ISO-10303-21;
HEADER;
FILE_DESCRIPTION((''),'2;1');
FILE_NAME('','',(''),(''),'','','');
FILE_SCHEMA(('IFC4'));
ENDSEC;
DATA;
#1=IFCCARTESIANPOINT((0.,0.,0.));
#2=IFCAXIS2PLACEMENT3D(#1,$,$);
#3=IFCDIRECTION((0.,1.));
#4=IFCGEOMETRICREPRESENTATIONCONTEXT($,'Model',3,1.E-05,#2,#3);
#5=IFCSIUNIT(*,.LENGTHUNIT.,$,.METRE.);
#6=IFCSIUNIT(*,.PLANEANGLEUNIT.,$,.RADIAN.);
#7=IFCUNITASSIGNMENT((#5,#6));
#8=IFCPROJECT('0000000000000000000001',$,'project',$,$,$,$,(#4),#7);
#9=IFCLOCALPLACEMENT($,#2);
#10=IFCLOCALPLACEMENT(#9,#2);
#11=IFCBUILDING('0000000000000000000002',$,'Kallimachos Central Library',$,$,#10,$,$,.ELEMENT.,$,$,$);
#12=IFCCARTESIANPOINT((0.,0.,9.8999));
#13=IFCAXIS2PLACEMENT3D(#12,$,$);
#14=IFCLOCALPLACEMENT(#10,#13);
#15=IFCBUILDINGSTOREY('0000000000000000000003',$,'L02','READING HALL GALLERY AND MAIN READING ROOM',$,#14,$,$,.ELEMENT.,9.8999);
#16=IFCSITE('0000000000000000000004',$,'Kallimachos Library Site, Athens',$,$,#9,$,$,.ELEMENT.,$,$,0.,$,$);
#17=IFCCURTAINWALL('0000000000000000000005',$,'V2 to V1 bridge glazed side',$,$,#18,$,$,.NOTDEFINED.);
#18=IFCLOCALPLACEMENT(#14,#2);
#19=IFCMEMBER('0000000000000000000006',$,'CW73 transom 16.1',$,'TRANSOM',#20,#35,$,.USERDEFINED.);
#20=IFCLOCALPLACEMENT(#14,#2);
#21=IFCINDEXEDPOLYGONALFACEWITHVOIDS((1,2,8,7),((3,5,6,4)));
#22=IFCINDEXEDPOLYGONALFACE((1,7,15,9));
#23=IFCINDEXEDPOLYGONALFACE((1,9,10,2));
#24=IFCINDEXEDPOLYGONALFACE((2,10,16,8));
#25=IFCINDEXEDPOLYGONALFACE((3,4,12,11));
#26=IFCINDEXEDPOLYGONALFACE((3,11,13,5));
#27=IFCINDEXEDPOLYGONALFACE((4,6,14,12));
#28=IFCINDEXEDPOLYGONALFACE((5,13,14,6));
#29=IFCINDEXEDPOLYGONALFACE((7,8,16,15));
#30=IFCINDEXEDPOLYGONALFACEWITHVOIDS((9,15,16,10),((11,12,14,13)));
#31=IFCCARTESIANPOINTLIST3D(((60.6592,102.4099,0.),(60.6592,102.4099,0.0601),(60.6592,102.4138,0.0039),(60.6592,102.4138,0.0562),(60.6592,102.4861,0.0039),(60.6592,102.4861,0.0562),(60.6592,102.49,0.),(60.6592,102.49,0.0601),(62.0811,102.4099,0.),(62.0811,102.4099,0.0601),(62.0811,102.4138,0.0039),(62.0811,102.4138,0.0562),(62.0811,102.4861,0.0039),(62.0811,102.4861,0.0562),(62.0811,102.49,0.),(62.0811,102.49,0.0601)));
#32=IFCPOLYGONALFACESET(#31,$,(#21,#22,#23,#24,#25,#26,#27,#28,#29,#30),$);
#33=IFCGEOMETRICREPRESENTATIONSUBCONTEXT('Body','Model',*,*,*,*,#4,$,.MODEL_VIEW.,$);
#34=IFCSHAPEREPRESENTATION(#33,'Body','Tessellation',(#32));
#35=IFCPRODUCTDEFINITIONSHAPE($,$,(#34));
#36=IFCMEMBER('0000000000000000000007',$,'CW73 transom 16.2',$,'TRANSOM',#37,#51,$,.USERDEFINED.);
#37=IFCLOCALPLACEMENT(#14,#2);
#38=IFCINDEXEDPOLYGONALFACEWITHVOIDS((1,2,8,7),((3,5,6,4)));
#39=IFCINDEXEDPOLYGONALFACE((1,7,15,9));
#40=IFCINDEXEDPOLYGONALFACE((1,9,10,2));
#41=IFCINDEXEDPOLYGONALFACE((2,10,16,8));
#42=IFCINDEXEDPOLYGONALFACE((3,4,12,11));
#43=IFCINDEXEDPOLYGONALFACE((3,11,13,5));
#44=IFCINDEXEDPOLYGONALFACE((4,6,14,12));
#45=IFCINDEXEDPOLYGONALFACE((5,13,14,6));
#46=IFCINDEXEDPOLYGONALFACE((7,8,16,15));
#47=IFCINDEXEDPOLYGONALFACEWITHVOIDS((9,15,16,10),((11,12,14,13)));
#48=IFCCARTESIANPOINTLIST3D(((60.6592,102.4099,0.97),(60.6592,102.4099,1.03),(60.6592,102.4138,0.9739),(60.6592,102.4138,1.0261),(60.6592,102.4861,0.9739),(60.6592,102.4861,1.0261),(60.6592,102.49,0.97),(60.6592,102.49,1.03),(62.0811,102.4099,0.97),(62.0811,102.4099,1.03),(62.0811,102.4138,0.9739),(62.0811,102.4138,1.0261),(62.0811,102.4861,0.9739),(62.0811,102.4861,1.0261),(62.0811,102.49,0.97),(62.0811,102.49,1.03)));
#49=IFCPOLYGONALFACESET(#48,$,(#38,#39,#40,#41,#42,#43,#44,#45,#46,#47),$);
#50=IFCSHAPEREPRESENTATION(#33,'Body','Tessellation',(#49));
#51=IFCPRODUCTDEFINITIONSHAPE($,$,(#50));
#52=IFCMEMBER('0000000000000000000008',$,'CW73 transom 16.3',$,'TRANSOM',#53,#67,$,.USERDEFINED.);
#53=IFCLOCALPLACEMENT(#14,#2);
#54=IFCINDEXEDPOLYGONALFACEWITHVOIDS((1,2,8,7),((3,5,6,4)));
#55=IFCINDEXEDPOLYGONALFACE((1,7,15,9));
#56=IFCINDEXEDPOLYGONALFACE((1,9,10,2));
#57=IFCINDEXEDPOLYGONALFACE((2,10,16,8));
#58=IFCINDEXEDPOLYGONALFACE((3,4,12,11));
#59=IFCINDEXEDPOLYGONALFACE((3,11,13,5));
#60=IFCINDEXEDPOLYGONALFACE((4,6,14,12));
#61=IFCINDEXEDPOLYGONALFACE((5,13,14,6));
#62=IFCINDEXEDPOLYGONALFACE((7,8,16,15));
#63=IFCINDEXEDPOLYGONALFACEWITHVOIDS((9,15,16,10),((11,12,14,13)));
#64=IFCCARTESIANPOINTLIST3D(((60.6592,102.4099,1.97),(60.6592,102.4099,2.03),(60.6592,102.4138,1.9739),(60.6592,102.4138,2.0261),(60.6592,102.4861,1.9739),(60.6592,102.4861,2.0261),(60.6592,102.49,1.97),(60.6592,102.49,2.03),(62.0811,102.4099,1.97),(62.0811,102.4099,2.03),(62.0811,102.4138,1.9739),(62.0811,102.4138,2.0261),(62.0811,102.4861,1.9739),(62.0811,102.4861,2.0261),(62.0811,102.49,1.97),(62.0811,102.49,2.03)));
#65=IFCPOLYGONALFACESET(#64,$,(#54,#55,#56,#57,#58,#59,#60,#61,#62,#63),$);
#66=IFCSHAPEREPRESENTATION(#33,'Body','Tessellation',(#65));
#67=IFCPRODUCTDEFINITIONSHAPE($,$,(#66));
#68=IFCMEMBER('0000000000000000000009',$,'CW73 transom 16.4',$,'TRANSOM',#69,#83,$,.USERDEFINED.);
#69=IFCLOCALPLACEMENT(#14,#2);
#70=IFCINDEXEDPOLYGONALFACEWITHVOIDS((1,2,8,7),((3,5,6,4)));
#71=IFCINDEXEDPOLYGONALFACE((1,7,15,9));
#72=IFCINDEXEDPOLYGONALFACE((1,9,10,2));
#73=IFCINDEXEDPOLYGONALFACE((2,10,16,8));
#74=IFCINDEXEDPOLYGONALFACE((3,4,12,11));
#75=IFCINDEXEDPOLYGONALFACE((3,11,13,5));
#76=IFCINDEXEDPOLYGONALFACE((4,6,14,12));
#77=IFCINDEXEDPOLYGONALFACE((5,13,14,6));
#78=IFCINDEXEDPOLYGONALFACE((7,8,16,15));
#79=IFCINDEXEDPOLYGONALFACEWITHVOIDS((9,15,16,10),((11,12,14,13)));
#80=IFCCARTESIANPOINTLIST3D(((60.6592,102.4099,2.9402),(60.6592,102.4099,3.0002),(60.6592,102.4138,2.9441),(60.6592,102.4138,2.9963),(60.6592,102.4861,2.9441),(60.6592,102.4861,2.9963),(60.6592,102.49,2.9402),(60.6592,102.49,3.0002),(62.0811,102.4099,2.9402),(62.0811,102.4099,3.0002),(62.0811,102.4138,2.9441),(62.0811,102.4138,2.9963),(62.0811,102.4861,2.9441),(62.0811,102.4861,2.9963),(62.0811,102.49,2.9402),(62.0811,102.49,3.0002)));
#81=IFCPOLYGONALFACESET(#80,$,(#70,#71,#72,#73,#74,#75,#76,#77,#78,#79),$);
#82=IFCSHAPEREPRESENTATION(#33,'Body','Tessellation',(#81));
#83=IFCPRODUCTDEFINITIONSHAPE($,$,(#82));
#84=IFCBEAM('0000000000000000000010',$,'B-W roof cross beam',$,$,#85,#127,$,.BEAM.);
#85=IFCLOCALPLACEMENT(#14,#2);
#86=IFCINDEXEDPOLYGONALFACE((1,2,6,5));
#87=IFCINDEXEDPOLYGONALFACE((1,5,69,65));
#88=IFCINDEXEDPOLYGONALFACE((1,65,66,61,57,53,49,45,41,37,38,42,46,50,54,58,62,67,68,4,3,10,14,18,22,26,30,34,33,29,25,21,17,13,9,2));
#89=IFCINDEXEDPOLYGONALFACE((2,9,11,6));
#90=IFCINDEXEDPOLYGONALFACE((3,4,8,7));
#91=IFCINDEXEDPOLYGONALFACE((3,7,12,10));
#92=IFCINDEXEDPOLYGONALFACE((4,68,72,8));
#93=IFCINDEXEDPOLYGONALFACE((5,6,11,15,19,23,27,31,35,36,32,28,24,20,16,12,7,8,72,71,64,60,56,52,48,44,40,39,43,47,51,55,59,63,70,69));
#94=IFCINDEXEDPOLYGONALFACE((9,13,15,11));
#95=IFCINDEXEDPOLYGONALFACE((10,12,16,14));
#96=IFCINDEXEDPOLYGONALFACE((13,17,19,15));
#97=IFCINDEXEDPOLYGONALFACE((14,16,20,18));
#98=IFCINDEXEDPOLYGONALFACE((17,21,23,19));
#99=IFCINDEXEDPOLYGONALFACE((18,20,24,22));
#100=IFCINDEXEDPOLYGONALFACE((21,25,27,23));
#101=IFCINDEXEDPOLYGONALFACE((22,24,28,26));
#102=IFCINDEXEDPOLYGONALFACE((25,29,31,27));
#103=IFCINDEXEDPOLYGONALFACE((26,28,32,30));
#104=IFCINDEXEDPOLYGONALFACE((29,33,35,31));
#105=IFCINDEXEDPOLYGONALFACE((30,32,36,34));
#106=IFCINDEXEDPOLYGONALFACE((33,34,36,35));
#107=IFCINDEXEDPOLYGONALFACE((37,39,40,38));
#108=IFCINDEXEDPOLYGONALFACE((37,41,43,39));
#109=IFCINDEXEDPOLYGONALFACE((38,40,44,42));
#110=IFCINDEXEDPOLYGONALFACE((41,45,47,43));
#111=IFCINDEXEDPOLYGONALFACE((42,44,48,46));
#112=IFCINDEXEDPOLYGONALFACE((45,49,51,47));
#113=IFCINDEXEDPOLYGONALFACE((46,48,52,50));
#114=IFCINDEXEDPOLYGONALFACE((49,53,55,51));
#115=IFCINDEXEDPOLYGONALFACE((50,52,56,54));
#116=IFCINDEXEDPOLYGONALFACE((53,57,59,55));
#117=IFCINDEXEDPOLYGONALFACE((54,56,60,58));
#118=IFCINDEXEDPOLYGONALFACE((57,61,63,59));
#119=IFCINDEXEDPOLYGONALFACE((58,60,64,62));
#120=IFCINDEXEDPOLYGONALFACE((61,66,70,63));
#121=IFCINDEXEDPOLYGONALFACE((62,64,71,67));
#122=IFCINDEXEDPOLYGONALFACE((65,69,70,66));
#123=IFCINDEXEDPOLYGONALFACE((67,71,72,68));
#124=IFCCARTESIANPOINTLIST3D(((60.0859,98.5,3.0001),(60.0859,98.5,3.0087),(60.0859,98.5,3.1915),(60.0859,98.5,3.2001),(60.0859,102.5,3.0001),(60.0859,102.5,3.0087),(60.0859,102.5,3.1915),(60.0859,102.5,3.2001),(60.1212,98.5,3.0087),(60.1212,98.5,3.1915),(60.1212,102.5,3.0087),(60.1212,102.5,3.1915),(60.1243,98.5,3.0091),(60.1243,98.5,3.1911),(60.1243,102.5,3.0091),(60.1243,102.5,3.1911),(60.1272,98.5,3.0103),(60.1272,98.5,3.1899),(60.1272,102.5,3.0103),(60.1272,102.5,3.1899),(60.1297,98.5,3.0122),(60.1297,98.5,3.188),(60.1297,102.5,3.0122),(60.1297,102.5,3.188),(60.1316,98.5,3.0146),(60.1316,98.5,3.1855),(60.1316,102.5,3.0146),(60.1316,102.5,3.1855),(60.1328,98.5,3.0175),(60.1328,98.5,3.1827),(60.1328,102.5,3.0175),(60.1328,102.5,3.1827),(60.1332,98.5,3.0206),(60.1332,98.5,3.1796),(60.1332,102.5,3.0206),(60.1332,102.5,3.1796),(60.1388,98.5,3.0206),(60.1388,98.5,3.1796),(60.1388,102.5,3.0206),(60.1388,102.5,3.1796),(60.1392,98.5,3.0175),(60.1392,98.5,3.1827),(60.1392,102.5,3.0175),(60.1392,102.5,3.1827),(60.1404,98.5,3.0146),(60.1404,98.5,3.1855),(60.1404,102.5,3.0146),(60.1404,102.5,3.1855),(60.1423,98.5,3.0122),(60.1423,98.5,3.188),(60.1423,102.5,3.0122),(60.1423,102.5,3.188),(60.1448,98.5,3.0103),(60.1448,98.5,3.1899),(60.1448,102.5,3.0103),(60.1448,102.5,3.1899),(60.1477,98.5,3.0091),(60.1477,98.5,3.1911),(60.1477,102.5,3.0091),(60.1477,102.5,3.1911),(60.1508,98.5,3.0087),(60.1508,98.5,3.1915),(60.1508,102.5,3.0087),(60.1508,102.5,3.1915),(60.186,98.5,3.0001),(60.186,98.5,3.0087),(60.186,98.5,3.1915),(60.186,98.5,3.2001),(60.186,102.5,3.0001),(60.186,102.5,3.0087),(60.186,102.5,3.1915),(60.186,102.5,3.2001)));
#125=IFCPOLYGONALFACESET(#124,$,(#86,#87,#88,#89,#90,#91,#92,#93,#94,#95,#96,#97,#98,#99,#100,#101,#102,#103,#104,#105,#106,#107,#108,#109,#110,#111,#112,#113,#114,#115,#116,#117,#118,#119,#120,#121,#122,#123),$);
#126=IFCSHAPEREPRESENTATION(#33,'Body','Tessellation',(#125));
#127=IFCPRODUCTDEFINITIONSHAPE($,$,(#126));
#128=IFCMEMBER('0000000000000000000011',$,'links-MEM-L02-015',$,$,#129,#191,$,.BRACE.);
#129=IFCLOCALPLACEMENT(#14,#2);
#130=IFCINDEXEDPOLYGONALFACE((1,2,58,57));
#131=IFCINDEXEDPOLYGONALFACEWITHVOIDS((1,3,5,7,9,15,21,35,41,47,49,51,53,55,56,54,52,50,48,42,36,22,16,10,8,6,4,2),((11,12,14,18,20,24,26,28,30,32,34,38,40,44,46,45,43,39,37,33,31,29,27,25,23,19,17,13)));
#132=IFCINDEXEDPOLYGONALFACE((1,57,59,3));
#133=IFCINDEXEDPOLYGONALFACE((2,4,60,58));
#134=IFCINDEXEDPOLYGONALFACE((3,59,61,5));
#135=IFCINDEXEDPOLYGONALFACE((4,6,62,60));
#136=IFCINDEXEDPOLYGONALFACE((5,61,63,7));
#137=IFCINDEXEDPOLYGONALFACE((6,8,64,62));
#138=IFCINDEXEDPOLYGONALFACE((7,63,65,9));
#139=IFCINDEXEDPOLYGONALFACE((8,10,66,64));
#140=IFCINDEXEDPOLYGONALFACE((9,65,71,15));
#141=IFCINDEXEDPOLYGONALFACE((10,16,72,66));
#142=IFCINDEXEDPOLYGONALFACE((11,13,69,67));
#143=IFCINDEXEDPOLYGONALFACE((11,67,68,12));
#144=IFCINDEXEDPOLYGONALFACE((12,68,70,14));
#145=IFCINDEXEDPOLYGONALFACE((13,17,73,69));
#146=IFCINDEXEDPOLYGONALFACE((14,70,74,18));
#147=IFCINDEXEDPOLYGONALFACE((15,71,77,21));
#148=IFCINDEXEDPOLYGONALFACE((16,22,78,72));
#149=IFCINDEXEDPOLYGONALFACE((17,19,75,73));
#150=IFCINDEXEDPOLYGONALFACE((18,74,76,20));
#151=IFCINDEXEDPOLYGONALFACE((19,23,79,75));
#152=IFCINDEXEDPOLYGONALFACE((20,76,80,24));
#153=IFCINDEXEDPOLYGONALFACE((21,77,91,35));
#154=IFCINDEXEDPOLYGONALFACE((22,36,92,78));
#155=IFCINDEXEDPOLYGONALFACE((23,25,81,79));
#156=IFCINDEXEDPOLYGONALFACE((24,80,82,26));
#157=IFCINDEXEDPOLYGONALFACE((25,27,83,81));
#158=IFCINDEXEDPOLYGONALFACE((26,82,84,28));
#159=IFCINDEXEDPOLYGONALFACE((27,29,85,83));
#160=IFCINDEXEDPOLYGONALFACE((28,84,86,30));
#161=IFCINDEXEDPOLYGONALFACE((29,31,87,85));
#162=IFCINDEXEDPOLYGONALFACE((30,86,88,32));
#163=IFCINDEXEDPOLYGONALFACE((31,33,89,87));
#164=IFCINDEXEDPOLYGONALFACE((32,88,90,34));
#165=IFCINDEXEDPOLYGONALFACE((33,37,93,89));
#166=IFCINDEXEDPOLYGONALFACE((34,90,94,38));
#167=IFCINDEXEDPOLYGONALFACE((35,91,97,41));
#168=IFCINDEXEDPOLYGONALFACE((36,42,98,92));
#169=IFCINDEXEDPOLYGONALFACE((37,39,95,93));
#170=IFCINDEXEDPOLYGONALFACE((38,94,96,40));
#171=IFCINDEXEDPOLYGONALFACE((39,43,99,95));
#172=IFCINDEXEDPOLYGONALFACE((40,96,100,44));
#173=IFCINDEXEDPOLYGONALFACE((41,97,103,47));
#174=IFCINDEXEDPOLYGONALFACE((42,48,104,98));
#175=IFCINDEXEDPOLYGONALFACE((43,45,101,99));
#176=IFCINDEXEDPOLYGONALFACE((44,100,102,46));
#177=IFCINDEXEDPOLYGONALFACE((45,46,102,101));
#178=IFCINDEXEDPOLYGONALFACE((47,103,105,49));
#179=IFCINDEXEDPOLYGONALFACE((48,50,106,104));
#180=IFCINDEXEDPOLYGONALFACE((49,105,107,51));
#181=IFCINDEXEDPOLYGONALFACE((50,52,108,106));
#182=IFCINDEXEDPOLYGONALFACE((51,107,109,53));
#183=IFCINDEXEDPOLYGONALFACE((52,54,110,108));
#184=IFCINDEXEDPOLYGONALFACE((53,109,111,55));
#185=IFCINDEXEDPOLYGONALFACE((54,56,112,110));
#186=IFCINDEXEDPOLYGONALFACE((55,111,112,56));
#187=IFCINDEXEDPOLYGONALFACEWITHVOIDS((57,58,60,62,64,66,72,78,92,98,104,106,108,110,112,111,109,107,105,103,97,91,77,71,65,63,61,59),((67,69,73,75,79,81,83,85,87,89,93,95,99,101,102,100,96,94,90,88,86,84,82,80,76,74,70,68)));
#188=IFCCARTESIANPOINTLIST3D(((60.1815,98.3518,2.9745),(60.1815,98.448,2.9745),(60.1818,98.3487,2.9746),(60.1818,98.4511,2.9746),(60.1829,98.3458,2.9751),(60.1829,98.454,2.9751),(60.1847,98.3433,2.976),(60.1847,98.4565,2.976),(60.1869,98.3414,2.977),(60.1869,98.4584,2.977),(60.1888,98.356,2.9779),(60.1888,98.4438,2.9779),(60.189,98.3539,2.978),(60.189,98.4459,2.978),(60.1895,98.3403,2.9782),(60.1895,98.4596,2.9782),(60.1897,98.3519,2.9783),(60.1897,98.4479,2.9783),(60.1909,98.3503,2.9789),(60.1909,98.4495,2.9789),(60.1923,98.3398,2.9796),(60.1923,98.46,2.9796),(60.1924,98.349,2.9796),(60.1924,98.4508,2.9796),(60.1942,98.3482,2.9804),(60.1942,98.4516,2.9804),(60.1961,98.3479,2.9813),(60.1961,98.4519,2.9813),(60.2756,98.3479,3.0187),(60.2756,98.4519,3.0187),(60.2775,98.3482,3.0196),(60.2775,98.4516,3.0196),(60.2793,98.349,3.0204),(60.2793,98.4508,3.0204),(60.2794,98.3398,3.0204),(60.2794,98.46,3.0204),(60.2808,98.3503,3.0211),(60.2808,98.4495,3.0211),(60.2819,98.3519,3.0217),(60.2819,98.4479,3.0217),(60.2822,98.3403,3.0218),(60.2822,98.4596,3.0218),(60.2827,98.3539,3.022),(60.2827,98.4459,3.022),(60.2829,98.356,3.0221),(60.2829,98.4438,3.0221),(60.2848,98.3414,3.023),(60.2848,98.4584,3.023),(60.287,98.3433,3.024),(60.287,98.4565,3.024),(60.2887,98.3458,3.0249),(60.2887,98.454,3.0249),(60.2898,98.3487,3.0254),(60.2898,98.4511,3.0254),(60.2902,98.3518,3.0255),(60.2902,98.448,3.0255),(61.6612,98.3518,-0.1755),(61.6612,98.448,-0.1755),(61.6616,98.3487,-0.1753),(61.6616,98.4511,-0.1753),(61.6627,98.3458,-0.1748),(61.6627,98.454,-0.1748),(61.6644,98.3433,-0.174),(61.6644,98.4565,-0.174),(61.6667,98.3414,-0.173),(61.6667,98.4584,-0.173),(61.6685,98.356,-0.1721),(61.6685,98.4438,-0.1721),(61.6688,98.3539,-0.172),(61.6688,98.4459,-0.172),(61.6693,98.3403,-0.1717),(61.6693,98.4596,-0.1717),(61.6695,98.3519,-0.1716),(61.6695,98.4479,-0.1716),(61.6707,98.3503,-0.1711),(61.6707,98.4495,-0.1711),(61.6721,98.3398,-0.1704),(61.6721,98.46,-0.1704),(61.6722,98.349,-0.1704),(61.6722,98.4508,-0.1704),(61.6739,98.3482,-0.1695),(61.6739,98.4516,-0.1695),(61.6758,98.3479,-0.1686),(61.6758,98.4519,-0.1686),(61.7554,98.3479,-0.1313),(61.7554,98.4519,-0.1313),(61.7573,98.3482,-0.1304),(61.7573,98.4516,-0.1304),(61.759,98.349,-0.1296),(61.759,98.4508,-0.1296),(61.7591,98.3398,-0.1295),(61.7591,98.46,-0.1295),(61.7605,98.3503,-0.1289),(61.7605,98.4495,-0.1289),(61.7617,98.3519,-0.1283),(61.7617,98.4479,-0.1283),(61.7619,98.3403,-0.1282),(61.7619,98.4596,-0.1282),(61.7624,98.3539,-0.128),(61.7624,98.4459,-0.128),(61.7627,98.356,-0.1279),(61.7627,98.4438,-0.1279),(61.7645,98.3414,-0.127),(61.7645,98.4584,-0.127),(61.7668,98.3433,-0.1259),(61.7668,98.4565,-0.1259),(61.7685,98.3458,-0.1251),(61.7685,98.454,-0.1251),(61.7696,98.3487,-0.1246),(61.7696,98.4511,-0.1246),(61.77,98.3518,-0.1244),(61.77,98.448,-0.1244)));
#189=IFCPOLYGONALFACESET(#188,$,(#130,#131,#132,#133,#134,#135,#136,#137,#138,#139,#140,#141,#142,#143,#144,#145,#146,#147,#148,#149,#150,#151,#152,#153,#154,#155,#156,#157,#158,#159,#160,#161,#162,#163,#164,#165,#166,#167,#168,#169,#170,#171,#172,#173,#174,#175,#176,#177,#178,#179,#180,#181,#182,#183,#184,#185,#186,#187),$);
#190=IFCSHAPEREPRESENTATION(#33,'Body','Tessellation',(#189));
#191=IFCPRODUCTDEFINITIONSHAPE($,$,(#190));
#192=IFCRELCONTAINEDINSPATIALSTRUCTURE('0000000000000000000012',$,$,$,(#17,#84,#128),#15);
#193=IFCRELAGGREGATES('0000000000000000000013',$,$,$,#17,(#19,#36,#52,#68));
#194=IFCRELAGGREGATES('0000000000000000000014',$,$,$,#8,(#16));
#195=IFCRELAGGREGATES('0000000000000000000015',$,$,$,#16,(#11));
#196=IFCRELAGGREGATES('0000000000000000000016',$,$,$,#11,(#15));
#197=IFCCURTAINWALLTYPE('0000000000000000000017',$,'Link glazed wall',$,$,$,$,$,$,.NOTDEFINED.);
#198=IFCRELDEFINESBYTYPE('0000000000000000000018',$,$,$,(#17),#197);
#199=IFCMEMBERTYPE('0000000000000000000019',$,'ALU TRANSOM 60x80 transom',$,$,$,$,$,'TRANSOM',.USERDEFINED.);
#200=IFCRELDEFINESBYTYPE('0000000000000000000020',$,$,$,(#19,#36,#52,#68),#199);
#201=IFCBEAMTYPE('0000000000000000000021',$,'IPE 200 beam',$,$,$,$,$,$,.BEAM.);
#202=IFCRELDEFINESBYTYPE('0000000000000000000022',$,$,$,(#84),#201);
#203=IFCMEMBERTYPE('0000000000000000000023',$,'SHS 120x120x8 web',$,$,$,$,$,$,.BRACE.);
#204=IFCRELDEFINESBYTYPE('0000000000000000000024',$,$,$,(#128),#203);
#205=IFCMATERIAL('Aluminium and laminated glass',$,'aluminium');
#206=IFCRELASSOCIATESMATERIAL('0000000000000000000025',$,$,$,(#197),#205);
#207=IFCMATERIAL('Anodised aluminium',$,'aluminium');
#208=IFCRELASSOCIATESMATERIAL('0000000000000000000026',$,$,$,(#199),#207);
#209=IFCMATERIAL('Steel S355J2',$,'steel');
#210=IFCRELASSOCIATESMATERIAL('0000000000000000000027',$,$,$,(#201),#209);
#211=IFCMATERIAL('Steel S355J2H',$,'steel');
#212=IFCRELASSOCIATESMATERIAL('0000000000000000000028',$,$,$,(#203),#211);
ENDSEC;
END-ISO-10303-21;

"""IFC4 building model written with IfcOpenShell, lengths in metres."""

from ifc_helpers import new_model, si_unit, direction, frame, origin, origin_2d, place, context, subcontext, project, spatial, hollow_rectangle, i_section, extrude, material, material_profile, profile_set, type_object, element, aggregate, save


model = new_model("IFC4")

# Units and contexts
model_context = context("Model", 3, precision=1e-05, world=origin(), true_north=direction((0.0, 1.0)))
body_context = subcontext(model_context, "Body", "Model", "MODEL_VIEW")
ifc_project = project(units=[si_unit("LENGTHUNIT", "METRE"), si_unit("PLANEANGLEUNIT", "RADIAN")], contexts=[model_context])

# Site, building, storey
site_placement = place(None, origin())
site = spatial("IfcSite", under=ifc_project, at=site_placement, Name="Kallimachos Library Site, Athens", CompositionType="ELEMENT", RefElevation=0.0)
building_placement = place(site_placement, origin())
building = spatial("IfcBuilding", under=site, at=building_placement, Name="Kallimachos Central Library", CompositionType="ELEMENT")
storey_placement = place(building_placement, frame((0.0, 0.0, 9.8999)))
storey = spatial("IfcBuildingStorey", under=building, at=storey_placement, Name="L02", Description="READING HALL GALLERY AND MAIN READING ROOM", CompositionType="ELEMENT", Elevation=9.8999)

# Curtain wall
ifc_material_1 = material(Name="Aluminium and laminated glass", Category="aluminium")
curtain_wall_type = type_object("IfcCurtainWallType", Name="Link glazed wall", PredefinedType="NOTDEFINED", material=ifc_material_1)
curtain_wall_1_placement = place(storey_placement, origin())
curtain_wall_1 = element("IfcCurtainWall", 1, at=curtain_wall_1_placement, inside=storey, type_object=curtain_wall_type, Name="V2 to V1 bridge glazed side", PredefinedType="NOTDEFINED")

# Members
ifc_material_2 = material(Name="Anodised aluminium", Category="aluminium")
ifc_material_profile_1 = material_profile(ifc_material_2, hollow_rectangle(XDim=0.0601, YDim=0.0801, WallThickness=0.0039, at=origin_2d()), Name="ALU TRANSOM 60x80")
ifc_profile_set_1 = profile_set([ifc_material_profile_1], Name="Anodised aluminium")
member_type_1 = type_object("IfcMemberType", Name="ALU TRANSOM 60x80 transom", ElementType="TRANSOM", PredefinedType="USERDEFINED", material=ifc_profile_set_1)
member_1_placement = place(storey_placement, frame((60.6592, 102.45, 0.03), z_axis=(1.0, 0.0, 0.0), x_axis=(0.0, 0.0, 1.0)))
member_1 = element("IfcMember", 2, at=member_1_placement, type_object=member_type_1, Name="CW73 transom 16.1", ObjectType="TRANSOM", PredefinedType="USERDEFINED", context=body_context, shape_type="SweptSolid", body=[
    extrude(hollow_rectangle(XDim=0.0601, YDim=0.0801, WallThickness=0.0039, at=origin_2d()), origin(), (0.0, 0.0, 1.0), 1.4219),
])
member_2_placement = place(storey_placement, frame((60.6592, 102.45, 1.0), z_axis=(1.0, 0.0, 0.0), x_axis=(0.0, 0.0, 1.0)))
member_2 = element("IfcMember", 3, at=member_2_placement, type_object=member_type_1, Name="CW73 transom 16.2", ObjectType="TRANSOM", PredefinedType="USERDEFINED", context=body_context, shape_type="SweptSolid", body=[
    extrude(hollow_rectangle(XDim=0.0601, YDim=0.0801, WallThickness=0.0039, at=origin_2d()), origin(), (0.0, 0.0, 1.0), 1.4219),
])
member_3_placement = place(storey_placement, frame((60.6592, 102.45, 2.0), z_axis=(1.0, 0.0, 0.0), x_axis=(0.0, 0.0, 1.0)))
member_3 = element("IfcMember", 4, at=member_3_placement, type_object=member_type_1, Name="CW73 transom 16.3", ObjectType="TRANSOM", PredefinedType="USERDEFINED", context=body_context, shape_type="SweptSolid", body=[
    extrude(hollow_rectangle(XDim=0.0601, YDim=0.0801, WallThickness=0.0039, at=origin_2d()), origin(), (0.0, 0.0, 1.0), 1.4219),
])
member_4_placement = place(storey_placement, frame((60.6592, 102.45, 2.9702), z_axis=(1.0, 0.0, 0.0), x_axis=(0.0, 0.0, 1.0)))
member_4 = element("IfcMember", 5, at=member_4_placement, type_object=member_type_1, Name="CW73 transom 16.4", ObjectType="TRANSOM", PredefinedType="USERDEFINED", context=body_context, shape_type="SweptSolid", body=[
    extrude(hollow_rectangle(XDim=0.0601, YDim=0.0801, WallThickness=0.0039, at=origin_2d()), origin(), (0.0, 0.0, 1.0), 1.4219),
])

# Beam
ifc_material_3 = material(Name="Steel S355J2", Category="steel")
ifc_material_profile_2 = material_profile(ifc_material_3, i_section(OverallWidth=0.1001, OverallDepth=0.2, WebThickness=0.0056, FlangeThickness=0.0085, FilletRadius=0.012, at=origin_2d()), Name="IPE 200")
ifc_profile_set_2 = profile_set([ifc_material_profile_2], Name="Steel S355J2")
beam_type = type_object("IfcBeamType", Name="IPE 200 beam", PredefinedType="BEAM", material=ifc_profile_set_2)
beam_placement = place(storey_placement, frame((60.136, 98.5, 3.1001), z_axis=(0.0, 1.0, 0.0), x_axis=(-1.0, 0.0, 0.0)))
element("IfcBeam", 6, at=beam_placement, inside=storey, type_object=beam_type, Name="B-W roof cross beam", PredefinedType="BEAM", context=body_context, shape_type="SweptSolid", body=[
    extrude(i_section(OverallWidth=0.1001, OverallDepth=0.2, WebThickness=0.0056, FlangeThickness=0.0085, FilletRadius=0.012, at=origin_2d()), origin(), (0.0, 0.0, 1.0), 4.0),
])

# Member
ifc_material_4 = material(Name="Steel S355J2H", Category="steel")
ifc_material_profile_3 = material_profile(ifc_material_4, hollow_rectangle(XDim=0.1201, YDim=0.1201, WallThickness=0.0081, InnerFilletRadius=0.0081, OuterFilletRadius=0.012, at=origin_2d()), Name="SHS 120x120x8")
ifc_profile_set_3 = profile_set([ifc_material_profile_3], Name="Steel S355J2H")
member_type_2 = type_object("IfcMemberType", Name="SHS 120x120x8 web", PredefinedType="BRACE", material=ifc_profile_set_3)
for number, where, z_axis, x_axis, name in (
    (7, (60.2358, 98.3999, 3.0), (0.425192, 0.0, -0.905103), (0.0, 1.0, 0.0), "links-MEM-L02-015"),
):
    element("IfcMember", number, at=place(storey_placement, frame(where, z_axis=z_axis, x_axis=x_axis)), inside=storey, type_object=member_type_2, Name=name, PredefinedType="BRACE", context=body_context, shape_type="SweptSolid", body=[
        extrude(hollow_rectangle(XDim=0.1201, YDim=0.1201, WallThickness=0.0081, InnerFilletRadius=0.0081, OuterFilletRadius=0.012, at=origin_2d()), origin(), (0.0, 0.0, 1.0), 3.4802),
    ])

aggregate(curtain_wall_1, [member_1, member_2, member_3, member_4])

save(model, "model.ifc")
